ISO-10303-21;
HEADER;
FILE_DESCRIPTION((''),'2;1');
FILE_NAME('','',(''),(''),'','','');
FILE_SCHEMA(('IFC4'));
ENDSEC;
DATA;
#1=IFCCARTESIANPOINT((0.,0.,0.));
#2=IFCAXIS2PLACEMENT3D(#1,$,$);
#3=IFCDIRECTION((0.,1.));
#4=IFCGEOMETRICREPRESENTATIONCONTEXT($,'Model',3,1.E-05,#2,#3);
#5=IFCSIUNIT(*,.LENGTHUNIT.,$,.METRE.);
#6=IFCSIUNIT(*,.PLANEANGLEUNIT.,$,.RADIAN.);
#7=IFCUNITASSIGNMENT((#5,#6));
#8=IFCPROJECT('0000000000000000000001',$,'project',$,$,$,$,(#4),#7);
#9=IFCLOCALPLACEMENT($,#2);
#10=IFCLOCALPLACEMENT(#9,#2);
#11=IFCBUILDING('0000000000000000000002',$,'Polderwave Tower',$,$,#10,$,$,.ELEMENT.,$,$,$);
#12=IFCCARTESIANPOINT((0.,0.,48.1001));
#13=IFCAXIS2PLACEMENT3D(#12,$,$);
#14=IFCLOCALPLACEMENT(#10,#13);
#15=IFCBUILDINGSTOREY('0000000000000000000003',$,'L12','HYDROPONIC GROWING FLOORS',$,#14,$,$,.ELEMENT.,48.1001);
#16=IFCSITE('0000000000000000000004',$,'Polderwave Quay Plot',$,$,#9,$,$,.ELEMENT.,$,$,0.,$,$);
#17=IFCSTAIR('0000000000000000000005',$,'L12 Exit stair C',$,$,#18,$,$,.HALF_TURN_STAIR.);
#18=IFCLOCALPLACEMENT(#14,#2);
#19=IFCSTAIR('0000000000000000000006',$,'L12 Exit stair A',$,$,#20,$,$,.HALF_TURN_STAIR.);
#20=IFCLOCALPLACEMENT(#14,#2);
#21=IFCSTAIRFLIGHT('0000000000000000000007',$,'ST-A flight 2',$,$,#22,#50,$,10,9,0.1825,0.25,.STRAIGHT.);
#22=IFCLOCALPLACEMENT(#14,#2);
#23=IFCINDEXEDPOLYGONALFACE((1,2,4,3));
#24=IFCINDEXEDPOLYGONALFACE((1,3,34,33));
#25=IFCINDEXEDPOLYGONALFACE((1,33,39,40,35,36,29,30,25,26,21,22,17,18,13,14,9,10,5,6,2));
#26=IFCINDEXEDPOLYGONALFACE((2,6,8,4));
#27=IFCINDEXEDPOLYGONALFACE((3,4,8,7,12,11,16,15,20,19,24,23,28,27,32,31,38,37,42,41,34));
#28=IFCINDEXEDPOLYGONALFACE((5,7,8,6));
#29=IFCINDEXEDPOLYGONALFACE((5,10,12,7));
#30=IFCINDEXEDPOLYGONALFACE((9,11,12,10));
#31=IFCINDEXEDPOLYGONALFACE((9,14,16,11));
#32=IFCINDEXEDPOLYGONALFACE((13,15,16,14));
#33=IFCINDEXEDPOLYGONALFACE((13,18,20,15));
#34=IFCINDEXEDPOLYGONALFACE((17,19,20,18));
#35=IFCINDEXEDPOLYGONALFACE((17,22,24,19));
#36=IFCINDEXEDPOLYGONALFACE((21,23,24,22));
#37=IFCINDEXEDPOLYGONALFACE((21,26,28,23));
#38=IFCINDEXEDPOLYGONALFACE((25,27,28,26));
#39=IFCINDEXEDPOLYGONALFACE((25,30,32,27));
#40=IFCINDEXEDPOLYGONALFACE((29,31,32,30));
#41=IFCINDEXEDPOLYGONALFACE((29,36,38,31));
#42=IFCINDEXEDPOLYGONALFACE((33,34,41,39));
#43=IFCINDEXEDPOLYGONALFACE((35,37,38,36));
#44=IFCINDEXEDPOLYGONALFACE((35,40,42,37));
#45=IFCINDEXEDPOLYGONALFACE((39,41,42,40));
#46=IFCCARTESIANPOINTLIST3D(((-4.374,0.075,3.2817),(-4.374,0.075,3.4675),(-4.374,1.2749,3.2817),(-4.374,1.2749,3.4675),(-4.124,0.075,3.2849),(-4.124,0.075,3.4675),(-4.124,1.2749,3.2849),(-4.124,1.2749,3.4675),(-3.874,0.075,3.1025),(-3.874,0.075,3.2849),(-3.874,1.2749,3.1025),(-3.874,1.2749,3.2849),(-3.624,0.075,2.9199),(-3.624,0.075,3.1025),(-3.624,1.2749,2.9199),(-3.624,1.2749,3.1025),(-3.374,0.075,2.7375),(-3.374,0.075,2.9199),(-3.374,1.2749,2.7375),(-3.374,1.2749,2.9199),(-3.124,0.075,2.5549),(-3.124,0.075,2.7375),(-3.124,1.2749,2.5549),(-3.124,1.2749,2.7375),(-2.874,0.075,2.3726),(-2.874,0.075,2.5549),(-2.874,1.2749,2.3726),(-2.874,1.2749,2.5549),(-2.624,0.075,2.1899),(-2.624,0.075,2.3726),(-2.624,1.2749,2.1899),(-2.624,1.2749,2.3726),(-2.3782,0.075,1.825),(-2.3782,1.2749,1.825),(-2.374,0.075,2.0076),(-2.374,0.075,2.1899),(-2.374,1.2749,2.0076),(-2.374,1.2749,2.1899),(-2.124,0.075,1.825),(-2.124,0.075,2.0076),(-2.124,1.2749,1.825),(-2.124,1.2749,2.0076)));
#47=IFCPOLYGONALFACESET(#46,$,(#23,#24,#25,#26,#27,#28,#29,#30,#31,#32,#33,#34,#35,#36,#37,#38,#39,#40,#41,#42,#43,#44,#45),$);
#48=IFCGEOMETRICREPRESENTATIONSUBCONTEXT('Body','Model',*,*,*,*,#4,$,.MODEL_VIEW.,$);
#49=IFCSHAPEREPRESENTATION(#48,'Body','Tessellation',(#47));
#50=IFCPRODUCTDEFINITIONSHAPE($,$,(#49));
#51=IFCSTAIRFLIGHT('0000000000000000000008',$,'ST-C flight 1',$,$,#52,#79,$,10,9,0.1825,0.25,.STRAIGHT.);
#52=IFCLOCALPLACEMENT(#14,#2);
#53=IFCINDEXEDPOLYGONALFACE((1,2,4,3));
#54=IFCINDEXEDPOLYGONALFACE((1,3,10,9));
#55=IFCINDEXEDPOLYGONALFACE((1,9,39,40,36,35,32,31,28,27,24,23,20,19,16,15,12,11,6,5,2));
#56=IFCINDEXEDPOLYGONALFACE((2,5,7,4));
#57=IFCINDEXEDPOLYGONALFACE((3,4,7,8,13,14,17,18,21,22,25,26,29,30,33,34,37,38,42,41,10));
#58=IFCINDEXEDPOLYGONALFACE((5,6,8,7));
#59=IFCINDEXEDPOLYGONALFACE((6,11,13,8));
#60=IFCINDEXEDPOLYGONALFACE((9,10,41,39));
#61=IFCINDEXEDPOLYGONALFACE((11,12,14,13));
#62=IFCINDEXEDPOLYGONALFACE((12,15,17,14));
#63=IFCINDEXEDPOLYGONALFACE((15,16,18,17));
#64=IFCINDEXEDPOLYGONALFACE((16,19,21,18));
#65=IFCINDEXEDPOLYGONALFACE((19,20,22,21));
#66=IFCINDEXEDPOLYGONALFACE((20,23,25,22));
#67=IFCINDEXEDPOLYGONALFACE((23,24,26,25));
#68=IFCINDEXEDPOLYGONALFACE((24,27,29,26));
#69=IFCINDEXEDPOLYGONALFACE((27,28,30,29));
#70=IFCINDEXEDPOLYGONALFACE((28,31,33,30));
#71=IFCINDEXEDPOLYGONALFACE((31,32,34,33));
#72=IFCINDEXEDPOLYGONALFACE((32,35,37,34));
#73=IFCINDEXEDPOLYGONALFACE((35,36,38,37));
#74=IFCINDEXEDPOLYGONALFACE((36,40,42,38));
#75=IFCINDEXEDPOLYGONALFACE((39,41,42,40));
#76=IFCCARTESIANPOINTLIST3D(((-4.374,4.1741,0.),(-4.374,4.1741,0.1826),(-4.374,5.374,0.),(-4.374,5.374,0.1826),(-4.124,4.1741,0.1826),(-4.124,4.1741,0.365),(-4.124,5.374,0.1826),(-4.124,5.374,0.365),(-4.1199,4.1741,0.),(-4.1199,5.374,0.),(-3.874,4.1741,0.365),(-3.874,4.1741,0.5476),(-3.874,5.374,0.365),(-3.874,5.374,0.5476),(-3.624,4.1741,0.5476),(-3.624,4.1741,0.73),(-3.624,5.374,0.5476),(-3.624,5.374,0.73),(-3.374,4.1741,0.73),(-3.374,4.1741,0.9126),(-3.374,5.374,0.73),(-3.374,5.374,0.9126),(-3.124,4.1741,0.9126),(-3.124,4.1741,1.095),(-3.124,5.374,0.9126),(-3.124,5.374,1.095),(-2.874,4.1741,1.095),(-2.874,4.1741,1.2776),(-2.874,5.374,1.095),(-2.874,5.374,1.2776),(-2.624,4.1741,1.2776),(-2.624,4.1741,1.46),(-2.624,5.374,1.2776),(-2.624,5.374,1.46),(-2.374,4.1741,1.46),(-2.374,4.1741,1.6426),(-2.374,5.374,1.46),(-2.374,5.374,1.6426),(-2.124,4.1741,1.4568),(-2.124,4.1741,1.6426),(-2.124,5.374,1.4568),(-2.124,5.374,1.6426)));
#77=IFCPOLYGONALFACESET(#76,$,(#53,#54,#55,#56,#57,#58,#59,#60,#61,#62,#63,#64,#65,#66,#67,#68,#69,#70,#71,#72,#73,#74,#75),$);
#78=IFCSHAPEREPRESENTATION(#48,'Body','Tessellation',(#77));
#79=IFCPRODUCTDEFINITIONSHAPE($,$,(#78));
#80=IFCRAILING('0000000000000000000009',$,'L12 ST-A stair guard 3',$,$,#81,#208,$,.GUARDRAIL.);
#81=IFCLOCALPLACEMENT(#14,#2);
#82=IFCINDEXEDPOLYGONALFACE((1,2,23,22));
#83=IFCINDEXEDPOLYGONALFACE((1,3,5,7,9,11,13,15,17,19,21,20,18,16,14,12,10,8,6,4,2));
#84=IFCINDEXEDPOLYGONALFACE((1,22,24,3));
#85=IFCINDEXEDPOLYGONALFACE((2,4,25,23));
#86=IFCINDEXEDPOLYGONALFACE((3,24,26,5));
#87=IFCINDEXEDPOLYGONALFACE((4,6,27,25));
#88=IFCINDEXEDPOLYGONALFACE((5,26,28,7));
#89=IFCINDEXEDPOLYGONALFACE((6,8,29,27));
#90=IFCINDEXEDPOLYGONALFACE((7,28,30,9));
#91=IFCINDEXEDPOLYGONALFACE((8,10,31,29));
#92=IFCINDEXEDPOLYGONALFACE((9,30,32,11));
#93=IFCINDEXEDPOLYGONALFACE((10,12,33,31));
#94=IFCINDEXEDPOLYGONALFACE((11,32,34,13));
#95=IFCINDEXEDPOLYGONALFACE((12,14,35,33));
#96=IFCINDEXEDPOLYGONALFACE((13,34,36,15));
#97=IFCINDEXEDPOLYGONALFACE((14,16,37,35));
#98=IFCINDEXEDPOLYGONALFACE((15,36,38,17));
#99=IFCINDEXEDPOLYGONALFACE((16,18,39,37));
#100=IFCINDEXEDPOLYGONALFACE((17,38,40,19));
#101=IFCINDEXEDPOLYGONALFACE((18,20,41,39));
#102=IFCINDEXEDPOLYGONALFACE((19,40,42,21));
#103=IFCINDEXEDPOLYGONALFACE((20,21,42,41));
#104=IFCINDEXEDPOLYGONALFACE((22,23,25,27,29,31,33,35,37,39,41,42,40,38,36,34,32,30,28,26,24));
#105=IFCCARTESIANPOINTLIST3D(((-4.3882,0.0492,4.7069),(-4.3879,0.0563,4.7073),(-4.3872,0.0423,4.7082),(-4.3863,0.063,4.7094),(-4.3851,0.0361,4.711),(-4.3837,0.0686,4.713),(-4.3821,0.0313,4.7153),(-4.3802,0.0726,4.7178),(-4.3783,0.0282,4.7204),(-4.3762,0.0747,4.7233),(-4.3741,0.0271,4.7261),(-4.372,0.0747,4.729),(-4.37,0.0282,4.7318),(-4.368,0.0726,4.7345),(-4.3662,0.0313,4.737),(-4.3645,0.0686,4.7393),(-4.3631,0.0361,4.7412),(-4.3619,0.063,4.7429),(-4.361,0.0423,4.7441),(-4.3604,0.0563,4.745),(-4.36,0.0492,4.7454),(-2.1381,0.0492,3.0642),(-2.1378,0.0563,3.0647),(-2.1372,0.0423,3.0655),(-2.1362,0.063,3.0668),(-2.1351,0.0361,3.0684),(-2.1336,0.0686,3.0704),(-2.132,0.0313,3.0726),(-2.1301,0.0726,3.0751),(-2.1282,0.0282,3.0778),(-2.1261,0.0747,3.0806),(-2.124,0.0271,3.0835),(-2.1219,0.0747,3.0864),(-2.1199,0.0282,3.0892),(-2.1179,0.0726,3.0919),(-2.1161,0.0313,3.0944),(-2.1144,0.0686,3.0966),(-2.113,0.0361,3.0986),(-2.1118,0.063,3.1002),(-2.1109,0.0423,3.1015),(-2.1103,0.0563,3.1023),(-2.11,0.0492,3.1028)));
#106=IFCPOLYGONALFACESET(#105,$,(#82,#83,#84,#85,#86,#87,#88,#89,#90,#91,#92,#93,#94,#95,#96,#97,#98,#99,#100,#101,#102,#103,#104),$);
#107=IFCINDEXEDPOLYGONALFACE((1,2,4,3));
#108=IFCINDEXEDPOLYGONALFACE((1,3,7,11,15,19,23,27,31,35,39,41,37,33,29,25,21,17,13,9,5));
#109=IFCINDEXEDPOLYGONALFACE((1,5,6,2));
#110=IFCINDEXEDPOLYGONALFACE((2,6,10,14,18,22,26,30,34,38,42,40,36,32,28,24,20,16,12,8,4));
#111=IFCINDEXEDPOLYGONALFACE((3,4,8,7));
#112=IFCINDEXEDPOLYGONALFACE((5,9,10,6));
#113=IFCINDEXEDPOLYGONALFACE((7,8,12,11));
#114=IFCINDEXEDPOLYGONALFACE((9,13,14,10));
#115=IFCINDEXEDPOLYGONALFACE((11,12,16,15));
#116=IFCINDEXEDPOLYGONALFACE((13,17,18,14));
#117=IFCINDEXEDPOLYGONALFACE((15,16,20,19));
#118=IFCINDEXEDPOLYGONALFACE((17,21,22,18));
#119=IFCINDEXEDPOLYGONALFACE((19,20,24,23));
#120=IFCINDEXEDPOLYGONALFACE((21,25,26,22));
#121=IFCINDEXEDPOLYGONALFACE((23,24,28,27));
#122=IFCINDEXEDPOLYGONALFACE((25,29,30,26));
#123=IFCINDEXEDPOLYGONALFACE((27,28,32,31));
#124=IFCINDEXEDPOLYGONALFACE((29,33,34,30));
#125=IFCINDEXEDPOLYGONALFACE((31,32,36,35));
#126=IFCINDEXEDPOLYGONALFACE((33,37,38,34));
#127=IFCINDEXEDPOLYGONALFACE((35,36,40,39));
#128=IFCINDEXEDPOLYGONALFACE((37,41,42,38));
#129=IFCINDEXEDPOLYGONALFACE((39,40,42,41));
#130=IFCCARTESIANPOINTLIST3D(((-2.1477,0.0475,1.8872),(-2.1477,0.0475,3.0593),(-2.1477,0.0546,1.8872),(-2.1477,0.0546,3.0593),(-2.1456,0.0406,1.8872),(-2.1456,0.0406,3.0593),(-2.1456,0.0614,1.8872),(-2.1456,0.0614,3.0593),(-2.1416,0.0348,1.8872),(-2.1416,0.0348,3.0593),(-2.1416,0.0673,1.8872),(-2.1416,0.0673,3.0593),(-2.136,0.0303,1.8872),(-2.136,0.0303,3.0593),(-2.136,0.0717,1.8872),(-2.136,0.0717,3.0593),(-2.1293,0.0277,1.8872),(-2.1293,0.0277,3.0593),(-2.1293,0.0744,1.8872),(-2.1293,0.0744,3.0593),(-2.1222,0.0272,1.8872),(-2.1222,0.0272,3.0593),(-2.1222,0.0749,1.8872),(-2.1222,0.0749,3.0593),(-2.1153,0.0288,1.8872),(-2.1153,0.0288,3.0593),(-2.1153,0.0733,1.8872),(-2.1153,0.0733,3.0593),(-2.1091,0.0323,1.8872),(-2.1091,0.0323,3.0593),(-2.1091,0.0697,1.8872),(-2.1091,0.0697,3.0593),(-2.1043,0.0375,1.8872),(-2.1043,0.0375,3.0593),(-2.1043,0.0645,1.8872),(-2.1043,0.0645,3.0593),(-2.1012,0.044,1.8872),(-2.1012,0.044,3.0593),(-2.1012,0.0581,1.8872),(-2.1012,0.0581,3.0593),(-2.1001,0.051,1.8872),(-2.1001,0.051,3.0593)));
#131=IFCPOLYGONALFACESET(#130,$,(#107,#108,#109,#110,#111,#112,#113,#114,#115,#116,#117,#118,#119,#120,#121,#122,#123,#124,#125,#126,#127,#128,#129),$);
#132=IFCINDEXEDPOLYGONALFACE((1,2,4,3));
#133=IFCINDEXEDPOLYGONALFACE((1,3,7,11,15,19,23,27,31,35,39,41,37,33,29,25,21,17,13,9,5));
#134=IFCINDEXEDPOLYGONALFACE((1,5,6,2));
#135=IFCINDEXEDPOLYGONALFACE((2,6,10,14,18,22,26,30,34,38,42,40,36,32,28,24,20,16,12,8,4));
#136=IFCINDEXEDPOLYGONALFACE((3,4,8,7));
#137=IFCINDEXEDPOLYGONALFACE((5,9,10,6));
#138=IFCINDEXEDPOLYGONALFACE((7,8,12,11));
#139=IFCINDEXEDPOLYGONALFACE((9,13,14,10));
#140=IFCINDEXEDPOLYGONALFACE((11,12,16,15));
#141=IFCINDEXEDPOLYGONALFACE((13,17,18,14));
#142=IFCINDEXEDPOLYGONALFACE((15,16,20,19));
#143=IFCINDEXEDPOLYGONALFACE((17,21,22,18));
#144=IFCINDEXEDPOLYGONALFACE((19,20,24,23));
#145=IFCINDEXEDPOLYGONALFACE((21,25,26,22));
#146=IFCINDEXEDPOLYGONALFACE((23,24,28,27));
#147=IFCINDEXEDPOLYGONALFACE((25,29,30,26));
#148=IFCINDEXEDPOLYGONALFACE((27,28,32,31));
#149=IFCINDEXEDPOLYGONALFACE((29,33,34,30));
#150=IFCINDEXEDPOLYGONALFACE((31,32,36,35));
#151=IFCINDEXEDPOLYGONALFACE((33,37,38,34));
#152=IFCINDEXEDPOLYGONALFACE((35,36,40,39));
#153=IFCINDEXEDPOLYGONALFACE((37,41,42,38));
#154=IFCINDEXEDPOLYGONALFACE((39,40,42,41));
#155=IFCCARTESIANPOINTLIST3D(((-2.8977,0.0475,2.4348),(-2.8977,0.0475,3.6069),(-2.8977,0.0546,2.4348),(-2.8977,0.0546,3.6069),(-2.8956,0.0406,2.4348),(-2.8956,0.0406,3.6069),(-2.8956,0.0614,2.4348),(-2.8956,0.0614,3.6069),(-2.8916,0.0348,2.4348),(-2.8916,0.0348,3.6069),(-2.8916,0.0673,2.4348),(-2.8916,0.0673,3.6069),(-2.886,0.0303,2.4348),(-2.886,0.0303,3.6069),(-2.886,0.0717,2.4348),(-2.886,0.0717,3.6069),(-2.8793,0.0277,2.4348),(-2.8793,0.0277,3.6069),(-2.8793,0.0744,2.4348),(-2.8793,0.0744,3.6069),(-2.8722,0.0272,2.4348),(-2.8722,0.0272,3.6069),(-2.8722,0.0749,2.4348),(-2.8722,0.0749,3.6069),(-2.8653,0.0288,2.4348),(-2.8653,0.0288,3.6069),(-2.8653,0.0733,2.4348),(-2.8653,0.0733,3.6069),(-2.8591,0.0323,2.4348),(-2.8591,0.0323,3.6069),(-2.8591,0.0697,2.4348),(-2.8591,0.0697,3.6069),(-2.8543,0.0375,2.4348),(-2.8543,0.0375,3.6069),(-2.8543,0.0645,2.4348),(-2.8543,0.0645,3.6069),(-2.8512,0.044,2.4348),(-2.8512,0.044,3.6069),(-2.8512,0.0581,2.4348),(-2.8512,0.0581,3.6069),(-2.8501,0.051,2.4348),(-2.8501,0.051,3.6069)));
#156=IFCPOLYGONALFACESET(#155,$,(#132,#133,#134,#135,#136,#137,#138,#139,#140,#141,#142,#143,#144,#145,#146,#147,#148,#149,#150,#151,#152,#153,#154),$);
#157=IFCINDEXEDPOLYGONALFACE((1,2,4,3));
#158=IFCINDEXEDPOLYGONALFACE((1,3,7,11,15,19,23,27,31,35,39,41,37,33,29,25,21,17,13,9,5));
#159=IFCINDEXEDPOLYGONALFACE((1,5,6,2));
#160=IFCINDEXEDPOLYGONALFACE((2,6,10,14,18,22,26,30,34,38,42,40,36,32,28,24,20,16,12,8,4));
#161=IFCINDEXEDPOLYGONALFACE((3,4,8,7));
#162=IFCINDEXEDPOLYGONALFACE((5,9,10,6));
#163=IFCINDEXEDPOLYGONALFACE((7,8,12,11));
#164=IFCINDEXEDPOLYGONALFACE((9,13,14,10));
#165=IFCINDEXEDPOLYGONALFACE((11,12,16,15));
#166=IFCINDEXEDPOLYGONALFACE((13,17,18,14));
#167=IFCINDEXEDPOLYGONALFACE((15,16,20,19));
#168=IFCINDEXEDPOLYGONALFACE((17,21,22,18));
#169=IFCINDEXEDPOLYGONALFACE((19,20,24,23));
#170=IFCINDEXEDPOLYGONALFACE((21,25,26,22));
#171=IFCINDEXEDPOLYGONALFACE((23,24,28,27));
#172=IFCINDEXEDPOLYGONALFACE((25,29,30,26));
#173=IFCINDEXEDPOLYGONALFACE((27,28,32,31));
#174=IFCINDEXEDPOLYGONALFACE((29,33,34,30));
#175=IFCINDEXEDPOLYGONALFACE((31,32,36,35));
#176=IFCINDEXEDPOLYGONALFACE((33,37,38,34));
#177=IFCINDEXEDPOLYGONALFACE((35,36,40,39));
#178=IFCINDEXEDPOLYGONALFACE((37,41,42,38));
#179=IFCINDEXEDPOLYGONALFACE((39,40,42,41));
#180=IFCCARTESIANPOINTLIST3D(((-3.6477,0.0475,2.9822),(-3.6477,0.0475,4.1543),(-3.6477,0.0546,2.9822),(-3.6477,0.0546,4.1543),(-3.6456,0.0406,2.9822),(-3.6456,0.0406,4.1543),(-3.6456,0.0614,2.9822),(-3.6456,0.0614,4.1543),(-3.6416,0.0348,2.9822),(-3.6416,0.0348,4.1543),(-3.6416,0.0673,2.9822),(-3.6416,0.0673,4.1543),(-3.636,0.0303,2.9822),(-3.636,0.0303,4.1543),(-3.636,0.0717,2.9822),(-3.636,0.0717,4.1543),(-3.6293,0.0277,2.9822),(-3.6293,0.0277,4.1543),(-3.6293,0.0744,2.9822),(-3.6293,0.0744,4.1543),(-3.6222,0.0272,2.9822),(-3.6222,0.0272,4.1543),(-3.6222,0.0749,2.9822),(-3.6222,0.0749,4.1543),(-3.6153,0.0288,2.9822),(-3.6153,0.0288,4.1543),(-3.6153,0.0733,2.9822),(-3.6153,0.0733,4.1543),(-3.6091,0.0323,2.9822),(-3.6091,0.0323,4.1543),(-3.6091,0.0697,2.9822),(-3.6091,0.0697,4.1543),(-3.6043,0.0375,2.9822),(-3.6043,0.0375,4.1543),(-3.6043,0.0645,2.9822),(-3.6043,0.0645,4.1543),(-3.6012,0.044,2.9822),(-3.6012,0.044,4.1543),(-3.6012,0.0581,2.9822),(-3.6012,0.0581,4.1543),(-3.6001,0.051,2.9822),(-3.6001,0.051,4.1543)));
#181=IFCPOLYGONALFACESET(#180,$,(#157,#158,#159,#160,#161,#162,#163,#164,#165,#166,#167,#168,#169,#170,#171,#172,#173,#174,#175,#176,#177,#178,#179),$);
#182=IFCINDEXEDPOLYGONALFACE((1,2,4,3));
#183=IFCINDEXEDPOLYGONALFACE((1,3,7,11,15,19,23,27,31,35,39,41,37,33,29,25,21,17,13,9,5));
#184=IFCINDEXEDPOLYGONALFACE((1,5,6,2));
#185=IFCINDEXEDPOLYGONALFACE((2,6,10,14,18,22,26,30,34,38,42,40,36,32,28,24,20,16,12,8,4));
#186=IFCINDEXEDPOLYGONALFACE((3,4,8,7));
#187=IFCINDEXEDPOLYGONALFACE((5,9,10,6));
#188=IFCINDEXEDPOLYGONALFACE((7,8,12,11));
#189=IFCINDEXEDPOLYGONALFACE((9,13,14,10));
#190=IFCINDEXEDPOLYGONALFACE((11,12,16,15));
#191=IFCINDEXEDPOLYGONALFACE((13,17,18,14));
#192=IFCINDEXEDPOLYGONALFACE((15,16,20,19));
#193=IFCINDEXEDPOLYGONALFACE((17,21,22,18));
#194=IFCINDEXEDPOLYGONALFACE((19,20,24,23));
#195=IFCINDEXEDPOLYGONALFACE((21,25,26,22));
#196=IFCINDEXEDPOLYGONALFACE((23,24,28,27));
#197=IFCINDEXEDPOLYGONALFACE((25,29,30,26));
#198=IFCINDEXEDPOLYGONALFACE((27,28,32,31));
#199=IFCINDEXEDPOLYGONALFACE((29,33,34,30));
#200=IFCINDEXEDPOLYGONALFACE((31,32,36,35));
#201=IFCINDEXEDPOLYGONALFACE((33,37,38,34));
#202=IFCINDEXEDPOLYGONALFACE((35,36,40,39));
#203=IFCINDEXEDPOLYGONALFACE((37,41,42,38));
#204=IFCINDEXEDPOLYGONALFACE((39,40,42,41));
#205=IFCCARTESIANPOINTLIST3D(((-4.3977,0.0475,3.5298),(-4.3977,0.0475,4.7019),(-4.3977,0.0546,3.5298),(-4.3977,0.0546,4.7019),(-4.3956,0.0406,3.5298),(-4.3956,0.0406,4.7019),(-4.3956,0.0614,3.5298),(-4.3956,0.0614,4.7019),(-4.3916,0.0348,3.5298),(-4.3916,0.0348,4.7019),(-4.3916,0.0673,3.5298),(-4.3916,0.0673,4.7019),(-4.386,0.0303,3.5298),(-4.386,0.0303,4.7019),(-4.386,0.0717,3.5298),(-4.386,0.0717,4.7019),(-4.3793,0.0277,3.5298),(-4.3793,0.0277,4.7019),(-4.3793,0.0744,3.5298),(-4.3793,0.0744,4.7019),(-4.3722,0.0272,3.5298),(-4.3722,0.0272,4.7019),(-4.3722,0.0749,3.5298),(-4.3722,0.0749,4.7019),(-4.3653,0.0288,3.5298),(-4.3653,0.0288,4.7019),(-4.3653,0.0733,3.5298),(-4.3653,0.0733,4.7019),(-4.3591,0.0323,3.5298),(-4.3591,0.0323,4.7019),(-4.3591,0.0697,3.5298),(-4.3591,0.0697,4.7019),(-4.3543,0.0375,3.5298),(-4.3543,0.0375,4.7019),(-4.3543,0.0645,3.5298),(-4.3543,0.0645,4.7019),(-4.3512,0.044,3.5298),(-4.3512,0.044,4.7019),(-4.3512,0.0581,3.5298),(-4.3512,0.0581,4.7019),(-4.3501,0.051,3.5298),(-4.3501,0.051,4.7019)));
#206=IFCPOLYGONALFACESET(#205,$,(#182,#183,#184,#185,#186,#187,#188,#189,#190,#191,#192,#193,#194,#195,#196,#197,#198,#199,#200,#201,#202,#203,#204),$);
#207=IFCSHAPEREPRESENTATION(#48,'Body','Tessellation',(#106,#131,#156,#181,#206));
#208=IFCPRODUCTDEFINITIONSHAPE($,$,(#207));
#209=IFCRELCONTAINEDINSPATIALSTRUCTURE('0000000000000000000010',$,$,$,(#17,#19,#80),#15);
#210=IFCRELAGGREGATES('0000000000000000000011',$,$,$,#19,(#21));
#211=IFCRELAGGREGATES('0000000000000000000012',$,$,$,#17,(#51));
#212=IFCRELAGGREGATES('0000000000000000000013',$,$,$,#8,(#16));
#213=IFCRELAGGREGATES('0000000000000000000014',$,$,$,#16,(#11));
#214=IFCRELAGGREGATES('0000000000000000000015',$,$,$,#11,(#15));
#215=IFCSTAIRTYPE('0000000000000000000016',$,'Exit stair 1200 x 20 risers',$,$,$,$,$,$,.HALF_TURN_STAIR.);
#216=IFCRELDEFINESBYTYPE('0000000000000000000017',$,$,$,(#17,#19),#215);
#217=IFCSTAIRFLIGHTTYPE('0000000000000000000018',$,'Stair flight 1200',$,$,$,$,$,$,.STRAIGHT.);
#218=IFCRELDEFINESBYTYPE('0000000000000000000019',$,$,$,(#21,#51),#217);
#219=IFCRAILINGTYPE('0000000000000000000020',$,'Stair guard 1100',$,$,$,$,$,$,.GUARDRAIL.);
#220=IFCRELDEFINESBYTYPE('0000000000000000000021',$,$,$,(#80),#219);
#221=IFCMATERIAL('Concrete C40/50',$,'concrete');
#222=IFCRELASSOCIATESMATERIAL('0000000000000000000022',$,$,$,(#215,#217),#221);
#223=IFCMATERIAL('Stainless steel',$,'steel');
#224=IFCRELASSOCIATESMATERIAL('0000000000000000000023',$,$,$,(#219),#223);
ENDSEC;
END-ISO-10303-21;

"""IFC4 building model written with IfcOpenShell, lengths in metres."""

from ifc_helpers import new_model, si_unit, direction, frame, origin, origin_2d, place, context, subcontext, project, spatial, polyline, circle, outline, extrude, material, type_object, element, aggregate, save


model = new_model("IFC4")

# Units and contexts
model_context = context("Model", 3, precision=1e-05, world=origin(), true_north=direction((0.0, 1.0)))
body_context = subcontext(model_context, "Body", "Model", "MODEL_VIEW")
ifc_project = project(units=[si_unit("LENGTHUNIT", "METRE"), si_unit("PLANEANGLEUNIT", "RADIAN")], contexts=[model_context])

# Site, building, storey
site_placement = place(None, origin())
site = spatial("IfcSite", under=ifc_project, at=site_placement, Name="Polderwave Quay Plot", CompositionType="ELEMENT", RefElevation=0.0)
building_placement = place(site_placement, origin())
building = spatial("IfcBuilding", under=site, at=building_placement, Name="Polderwave Tower", CompositionType="ELEMENT")
storey_placement = place(building_placement, frame((0.0, 0.0, 48.1001)))
storey = spatial("IfcBuildingStorey", under=building, at=storey_placement, Name="L12", Description="HYDROPONIC GROWING FLOORS", CompositionType="ELEMENT", Elevation=48.1001)

# Shared definitions
ifc_material_1 = material(Name="Concrete C40/50", Category="concrete")

# Stair
stair_type = type_object("IfcStairType", Name="Exit stair 1200 x 20 risers", PredefinedType="HALF_TURN_STAIR", material=ifc_material_1)
stair_1_placement = place(storey_placement, origin())
stair_1 = element("IfcStair", 1, at=stair_1_placement, inside=storey, type_object=stair_type, Name="L12 Exit stair C", PredefinedType="HALF_TURN_STAIR")

# Stair, stair flight
stair_2_placement = place(storey_placement, origin())
stair_2 = element("IfcStair", 2, at=stair_2_placement, inside=storey, type_object=stair_type, Name="L12 Exit stair A", PredefinedType="HALF_TURN_STAIR")
stair_flight_type = type_object("IfcStairFlightType", Name="Stair flight 1200", PredefinedType="STRAIGHT", material=ifc_material_1)
stair_flight_1_placement = place(storey_placement, frame((-2.124, 0.675, 1.825), z_axis=(0.0, 0.0, 1.0), x_axis=(-1.0, 0.0, 0.0)))
stair_flight_1 = element("IfcStairFlight", 3, at=stair_flight_1_placement, type_object=stair_flight_type, Name="ST-A flight 2", NumberOfRisers=10, NumberOfTreads=9, PredefinedType="STRAIGHT", RiserHeight=0.1825, TreadLength=0.25, context=body_context, shape_type="SweptSolid", body=[
    extrude(outline(polyline([(0.0, 0.0), (0.0, 0.1826), (0.25, 0.1826), (0.25, 0.365), (0.5, 0.365), (0.5, 0.5476), (0.75, 0.5476), (0.75, 0.73), (1.0, 0.73), (1.0, 0.9126), (1.25, 0.9126), (1.25, 1.095), (1.5, 1.095), (1.5, 1.2776), (1.75, 1.2776), (1.75, 1.46), (2.0, 1.46), (2.0, 1.6426), (2.25, 1.6426), (2.25, 1.825), (2.25, 1.4568), (0.2542, 0.0), (0.0, 0.0)])), frame((0.0, 0.6001, 0.0), z_axis=(0.0, -1.0, 0.0), x_axis=(1.0, 0.0, 0.0)), (0.0, 0.0, 1.0), 1.2),
])
aggregate(stair_2, [stair_flight_1])

# Stair flight
stair_flight_2_placement = place(storey_placement, frame((-4.374, 4.7739, 0.0), z_axis=(0.0, 0.0, 1.0), x_axis=(1.0, 0.0, 0.0)))
stair_flight_2 = element("IfcStairFlight", 4, at=stair_flight_2_placement, type_object=stair_flight_type, Name="ST-C flight 1", NumberOfRisers=10, NumberOfTreads=9, PredefinedType="STRAIGHT", RiserHeight=0.1825, TreadLength=0.25, context=body_context, shape_type="SweptSolid", body=[
    extrude(outline(polyline([(0.0, 0.0), (0.0, 0.1826), (0.25, 0.1826), (0.25, 0.365), (0.5, 0.365), (0.5, 0.5476), (0.75, 0.5476), (0.75, 0.73), (1.0, 0.73), (1.0, 0.9126), (1.25, 0.9126), (1.25, 1.095), (1.5, 1.095), (1.5, 1.2776), (1.75, 1.2776), (1.75, 1.46), (2.0, 1.46), (2.0, 1.6426), (2.25, 1.6426), (2.25, 1.825), (2.25, 1.4568), (0.2542, 0.0), (0.0, 0.0)])), frame((0.0, 0.6001, 0.0), z_axis=(0.0, -1.0, 0.0), x_axis=(1.0, 0.0, 0.0)), (0.0, 0.0, 1.0), 1.2),
])
aggregate(stair_1, [stair_flight_2])

# Railing
ifc_material_2 = material(Name="Stainless steel", Category="steel")
railing_type_1 = type_object("IfcRailingType", Name="Stair guard 1100", PredefinedType="GUARDRAIL", material=ifc_material_2)
railing_1_placement = place(storey_placement, frame((-2.124, 0.051, 1.8872)))
element("IfcRailing", 5, at=railing_1_placement, inside=storey, type_object=railing_type_1, Name="L12 ST-A stair guard 3", PredefinedType="GUARDRAIL", context=body_context, shape_type="SweptSolid", body=[
    extrude(circle(Radius=0.0239, at=origin_2d()), frame((0.0, 0.0, 1.1963), z_axis=(-0.807674, 0.0, 0.58963), x_axis=(0.0, -1.0, 0.0)), (0.0, 0.0, 1.0), 2.7859),
    extrude(circle(Radius=0.0239, at=origin_2d()), origin(), (0.0, 0.0, 1.0), 1.1721),
    extrude(circle(Radius=0.0239, at=origin_2d()), frame((-0.75, 0.0, 0.5476)), (0.0, 0.0, 1.0), 1.1721),
    extrude(circle(Radius=0.0239, at=origin_2d()), frame((-1.5, 0.0, 1.095)), (0.0, 0.0, 1.0), 1.1721),
    extrude(circle(Radius=0.0239, at=origin_2d()), frame((-2.25, 0.0, 1.6426)), (0.0, 0.0, 1.0), 1.1721),
])

save(model, "model.ifc")
